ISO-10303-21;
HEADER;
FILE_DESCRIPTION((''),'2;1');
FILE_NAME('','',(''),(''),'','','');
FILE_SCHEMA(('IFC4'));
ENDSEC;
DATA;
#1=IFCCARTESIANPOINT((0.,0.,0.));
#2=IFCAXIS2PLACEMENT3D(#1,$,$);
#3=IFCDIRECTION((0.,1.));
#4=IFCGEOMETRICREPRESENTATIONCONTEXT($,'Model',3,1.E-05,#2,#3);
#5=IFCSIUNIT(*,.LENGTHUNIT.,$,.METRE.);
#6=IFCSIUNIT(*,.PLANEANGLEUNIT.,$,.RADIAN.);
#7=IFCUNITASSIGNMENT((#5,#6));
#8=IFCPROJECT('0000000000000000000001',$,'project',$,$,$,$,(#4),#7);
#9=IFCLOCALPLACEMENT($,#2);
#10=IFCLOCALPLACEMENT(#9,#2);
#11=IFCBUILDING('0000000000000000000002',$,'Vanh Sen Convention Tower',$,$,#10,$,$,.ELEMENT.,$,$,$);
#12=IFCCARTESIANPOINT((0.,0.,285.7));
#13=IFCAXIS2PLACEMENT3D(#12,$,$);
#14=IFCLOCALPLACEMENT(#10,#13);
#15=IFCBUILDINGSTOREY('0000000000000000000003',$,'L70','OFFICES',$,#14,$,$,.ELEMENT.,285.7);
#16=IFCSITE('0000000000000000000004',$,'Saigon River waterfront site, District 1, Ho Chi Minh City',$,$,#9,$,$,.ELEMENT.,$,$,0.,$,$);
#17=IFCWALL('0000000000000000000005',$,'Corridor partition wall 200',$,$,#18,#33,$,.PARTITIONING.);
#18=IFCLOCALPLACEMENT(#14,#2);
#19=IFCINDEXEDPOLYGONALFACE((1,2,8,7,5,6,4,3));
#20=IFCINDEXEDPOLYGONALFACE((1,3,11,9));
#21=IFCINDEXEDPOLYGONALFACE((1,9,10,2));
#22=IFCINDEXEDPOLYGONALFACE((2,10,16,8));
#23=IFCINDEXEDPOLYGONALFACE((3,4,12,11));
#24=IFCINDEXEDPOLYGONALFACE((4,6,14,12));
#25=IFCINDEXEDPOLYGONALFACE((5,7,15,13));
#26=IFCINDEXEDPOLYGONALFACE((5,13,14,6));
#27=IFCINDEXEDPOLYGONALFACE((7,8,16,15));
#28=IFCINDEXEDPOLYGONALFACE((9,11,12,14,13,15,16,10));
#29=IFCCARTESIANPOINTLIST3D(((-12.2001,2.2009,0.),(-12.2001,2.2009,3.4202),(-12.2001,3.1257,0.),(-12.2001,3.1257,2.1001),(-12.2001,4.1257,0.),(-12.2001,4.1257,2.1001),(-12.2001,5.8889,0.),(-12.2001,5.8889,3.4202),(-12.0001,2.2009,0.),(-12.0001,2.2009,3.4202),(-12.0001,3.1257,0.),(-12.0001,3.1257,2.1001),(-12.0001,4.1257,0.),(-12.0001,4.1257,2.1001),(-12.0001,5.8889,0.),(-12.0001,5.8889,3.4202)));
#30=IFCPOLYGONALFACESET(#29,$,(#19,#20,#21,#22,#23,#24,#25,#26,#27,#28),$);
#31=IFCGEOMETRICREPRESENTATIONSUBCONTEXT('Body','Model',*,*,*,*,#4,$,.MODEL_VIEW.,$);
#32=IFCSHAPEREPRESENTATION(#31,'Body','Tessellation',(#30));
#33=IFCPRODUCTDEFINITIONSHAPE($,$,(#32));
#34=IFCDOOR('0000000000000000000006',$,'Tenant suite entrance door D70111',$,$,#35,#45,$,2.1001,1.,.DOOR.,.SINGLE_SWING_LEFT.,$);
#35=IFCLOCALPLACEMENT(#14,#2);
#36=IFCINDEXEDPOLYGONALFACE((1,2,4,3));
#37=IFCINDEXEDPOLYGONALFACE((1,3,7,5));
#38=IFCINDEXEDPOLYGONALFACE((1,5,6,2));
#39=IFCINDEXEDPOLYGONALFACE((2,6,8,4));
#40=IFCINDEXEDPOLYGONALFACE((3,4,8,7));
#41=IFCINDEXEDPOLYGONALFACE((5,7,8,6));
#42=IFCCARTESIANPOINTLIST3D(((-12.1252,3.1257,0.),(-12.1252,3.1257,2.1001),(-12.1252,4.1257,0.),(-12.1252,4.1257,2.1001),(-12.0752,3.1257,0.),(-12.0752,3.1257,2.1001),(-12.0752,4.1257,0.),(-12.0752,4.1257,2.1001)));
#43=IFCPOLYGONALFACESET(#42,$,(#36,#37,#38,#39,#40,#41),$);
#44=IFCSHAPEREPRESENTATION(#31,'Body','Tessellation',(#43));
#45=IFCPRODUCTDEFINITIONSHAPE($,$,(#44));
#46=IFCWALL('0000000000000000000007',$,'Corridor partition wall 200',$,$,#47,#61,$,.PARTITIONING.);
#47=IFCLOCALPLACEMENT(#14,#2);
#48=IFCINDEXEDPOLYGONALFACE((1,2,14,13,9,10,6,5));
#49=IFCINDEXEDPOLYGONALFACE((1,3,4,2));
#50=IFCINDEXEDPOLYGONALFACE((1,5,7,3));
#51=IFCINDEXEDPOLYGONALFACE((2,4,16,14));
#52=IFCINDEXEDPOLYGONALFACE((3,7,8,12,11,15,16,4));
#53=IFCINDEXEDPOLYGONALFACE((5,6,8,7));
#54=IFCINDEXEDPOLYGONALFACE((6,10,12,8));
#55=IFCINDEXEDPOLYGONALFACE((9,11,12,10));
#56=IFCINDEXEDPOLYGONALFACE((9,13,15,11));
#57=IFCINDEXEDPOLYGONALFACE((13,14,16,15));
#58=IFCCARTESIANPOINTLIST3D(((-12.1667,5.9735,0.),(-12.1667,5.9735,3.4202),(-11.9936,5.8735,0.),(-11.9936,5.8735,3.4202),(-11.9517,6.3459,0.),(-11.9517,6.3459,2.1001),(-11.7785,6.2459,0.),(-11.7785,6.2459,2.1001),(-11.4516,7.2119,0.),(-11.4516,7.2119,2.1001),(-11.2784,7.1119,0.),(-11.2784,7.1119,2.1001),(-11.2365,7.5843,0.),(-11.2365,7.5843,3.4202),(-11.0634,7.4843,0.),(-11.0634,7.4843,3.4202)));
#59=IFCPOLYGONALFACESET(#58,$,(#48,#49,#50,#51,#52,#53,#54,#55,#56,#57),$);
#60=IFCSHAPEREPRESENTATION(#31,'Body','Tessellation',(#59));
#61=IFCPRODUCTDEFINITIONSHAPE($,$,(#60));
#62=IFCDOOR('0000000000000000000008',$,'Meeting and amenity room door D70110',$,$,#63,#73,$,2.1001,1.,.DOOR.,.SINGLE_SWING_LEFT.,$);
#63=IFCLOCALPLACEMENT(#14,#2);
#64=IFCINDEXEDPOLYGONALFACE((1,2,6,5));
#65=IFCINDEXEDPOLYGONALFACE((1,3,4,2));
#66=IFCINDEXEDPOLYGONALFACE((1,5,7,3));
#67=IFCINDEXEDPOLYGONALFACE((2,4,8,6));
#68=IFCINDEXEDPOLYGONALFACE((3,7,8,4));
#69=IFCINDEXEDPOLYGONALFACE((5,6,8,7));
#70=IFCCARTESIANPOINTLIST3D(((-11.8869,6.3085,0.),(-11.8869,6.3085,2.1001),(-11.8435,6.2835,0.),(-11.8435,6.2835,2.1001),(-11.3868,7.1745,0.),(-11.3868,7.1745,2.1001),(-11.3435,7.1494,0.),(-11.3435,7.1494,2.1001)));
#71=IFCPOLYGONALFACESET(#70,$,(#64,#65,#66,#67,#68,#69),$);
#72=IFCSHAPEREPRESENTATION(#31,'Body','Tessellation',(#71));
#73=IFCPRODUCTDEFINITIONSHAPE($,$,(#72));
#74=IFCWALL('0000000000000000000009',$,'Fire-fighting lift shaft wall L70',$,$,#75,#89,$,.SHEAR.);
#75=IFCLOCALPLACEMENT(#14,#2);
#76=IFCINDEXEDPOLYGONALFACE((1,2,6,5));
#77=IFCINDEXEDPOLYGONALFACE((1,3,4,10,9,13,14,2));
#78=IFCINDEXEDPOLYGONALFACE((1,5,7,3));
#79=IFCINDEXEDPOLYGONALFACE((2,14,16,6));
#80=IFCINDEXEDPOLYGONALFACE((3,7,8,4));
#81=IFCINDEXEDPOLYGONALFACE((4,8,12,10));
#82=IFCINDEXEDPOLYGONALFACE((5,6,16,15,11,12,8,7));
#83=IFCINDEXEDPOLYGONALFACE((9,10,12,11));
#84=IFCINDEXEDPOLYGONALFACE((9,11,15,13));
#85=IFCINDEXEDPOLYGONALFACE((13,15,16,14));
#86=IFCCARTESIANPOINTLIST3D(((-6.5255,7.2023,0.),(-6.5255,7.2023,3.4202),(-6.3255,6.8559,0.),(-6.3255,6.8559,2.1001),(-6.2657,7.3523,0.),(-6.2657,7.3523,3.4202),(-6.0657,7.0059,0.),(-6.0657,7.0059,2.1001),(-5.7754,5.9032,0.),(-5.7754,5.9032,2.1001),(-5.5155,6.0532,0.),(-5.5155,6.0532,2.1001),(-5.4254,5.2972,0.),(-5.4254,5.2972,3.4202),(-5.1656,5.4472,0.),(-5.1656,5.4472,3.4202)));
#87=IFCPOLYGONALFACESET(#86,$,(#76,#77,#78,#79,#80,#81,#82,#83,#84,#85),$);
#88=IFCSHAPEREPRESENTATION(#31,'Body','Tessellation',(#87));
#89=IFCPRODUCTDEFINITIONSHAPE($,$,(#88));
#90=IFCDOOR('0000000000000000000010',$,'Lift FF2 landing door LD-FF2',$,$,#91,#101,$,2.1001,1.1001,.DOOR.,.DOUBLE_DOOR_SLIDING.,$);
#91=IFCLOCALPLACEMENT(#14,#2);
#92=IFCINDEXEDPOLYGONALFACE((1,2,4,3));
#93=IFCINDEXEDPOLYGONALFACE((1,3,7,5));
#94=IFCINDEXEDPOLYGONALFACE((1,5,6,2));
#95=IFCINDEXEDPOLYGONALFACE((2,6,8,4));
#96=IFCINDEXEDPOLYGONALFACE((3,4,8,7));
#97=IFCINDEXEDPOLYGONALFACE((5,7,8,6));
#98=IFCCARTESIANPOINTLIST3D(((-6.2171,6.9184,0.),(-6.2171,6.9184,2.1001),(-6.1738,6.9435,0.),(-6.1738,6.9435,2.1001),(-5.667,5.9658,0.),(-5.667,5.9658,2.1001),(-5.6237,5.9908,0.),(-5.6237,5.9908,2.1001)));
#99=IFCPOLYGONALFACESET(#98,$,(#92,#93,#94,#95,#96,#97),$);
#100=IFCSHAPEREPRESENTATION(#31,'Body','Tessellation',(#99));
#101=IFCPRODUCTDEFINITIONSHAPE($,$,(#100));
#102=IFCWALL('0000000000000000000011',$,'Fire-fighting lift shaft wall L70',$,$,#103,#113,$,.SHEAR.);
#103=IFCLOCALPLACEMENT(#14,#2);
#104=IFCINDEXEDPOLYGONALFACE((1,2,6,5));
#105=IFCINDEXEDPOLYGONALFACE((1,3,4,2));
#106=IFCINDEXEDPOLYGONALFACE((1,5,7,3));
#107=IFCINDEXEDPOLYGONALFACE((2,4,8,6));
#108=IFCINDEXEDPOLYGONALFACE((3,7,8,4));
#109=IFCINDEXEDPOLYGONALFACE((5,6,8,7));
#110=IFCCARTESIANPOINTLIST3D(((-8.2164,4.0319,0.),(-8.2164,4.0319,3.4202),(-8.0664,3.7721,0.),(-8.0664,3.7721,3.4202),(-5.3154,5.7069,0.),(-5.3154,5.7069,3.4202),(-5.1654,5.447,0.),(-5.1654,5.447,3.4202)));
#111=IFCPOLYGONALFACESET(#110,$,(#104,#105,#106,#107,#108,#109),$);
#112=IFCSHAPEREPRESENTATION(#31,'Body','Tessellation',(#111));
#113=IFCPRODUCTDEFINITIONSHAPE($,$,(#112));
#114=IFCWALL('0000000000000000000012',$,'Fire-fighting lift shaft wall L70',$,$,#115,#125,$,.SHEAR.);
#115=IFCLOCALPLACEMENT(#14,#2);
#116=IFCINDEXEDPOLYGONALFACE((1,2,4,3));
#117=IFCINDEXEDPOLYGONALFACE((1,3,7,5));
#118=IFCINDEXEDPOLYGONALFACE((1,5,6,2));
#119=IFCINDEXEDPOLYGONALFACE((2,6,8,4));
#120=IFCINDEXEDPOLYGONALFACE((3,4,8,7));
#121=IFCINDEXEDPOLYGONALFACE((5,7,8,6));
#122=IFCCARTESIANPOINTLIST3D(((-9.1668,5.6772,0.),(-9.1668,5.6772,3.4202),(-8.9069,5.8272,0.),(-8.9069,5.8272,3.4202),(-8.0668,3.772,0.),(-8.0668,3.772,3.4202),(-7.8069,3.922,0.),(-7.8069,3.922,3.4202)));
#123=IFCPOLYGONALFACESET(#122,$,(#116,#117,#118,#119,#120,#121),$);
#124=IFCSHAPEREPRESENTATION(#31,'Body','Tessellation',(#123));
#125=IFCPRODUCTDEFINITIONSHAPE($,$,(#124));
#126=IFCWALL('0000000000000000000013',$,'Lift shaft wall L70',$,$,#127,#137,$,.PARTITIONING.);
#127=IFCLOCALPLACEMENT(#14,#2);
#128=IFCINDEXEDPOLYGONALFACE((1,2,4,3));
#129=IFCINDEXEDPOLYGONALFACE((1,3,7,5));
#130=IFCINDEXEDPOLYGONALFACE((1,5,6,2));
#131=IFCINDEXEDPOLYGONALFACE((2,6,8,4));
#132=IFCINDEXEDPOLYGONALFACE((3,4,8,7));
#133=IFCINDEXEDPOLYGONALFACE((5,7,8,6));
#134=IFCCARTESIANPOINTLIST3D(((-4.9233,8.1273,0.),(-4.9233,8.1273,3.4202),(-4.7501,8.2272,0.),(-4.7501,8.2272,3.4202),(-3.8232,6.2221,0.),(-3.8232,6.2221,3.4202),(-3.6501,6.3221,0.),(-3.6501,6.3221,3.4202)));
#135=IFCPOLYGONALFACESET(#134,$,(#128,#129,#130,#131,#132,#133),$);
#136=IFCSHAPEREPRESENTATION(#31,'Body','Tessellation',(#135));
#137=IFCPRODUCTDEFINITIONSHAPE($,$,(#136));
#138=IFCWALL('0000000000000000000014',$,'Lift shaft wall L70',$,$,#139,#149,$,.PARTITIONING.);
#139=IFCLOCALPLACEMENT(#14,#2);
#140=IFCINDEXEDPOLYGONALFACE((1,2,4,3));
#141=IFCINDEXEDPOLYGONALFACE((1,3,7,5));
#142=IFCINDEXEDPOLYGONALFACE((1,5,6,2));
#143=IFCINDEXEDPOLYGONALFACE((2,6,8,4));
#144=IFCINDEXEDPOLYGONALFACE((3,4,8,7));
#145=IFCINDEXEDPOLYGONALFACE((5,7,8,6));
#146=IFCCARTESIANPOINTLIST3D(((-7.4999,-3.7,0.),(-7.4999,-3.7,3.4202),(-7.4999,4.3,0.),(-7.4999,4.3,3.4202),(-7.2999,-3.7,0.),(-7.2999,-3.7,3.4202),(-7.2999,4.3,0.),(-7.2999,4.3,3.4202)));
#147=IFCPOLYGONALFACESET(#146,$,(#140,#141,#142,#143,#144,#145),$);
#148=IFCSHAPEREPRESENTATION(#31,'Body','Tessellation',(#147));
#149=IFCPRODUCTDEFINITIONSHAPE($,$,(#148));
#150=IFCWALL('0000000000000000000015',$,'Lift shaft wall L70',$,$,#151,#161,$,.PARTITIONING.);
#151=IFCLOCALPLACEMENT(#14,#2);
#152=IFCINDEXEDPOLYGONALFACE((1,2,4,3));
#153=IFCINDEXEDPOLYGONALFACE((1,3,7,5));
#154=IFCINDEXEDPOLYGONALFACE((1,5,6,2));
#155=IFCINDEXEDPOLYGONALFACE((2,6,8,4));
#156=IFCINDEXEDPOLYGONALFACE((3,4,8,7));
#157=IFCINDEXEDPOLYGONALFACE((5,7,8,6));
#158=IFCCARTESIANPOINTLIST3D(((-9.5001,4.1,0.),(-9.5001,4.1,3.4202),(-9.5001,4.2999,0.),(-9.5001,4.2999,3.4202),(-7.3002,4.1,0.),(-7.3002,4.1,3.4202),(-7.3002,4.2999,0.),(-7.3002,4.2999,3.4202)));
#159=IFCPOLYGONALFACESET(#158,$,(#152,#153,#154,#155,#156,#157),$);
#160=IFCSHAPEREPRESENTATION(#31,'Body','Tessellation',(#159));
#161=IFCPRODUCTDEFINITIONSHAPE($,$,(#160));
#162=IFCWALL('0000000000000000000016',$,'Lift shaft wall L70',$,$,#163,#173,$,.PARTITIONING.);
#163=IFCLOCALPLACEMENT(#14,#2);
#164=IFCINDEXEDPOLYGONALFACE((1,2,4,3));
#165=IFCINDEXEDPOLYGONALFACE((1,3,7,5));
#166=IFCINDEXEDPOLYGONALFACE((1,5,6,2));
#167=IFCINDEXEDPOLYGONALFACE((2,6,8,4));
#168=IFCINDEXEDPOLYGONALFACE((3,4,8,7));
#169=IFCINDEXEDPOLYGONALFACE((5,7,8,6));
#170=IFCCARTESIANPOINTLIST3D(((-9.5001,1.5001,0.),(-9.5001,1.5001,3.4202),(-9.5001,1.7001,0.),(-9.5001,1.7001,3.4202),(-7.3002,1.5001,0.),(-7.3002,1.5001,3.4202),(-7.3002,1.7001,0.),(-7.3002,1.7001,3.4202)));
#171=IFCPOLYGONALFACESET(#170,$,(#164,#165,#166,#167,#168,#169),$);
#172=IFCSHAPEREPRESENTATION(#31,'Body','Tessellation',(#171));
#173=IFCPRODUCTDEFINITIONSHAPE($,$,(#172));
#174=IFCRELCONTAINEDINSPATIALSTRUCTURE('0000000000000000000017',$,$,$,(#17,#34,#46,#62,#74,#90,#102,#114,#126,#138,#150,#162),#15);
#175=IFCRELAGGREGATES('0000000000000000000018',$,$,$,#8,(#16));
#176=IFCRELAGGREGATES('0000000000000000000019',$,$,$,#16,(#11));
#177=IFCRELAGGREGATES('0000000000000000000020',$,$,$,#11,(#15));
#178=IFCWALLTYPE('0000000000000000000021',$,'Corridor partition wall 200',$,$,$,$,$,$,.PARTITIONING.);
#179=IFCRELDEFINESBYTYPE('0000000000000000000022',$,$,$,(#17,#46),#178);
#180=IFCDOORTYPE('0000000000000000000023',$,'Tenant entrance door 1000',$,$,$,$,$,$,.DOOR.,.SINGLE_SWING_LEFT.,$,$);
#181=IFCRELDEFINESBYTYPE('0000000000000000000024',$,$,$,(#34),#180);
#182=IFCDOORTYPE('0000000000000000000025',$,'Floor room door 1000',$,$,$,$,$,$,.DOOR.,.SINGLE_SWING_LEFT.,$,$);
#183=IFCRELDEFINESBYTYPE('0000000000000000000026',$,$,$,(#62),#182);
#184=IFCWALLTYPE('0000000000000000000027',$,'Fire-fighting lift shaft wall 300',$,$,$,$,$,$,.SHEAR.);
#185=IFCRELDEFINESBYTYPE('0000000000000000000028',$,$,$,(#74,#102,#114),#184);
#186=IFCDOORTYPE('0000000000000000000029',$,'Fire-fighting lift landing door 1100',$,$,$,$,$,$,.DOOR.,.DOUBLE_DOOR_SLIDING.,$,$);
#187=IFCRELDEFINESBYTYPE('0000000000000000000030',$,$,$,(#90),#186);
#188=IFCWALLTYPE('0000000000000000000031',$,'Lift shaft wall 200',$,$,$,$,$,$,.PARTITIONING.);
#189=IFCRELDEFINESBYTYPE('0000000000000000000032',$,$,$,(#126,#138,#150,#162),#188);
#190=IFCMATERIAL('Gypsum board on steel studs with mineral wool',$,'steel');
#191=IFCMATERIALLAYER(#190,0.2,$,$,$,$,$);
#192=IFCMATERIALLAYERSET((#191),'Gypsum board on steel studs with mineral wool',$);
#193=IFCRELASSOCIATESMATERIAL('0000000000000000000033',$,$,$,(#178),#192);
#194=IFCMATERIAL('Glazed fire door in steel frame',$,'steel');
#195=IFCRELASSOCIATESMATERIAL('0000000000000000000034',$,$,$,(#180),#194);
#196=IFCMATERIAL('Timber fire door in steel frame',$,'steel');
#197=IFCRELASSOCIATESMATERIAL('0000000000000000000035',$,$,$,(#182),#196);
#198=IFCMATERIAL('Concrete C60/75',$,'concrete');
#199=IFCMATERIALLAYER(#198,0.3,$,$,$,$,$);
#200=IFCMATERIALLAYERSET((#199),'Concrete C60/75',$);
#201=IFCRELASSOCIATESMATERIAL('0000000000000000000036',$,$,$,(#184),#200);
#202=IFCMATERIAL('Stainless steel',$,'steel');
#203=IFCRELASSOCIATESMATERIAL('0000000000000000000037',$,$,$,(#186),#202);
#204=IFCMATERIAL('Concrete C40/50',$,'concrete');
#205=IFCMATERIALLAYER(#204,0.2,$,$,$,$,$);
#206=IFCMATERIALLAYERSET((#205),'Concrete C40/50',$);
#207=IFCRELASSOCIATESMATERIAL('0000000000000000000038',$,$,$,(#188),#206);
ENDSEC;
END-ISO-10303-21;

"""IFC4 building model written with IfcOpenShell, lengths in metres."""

from ifc_helpers import new_model, si_unit, direction, frame, frame_2d, origin, place, context, subcontext, project, spatial, rectangle, extrude, material, layer, layer_set, type_object, element, fill, save


model = new_model("IFC4")

# Units and contexts
model_context = context("Model", 3, precision=1e-05, world=origin(), true_north=direction((0.0, 1.0)))
body_context = subcontext(model_context, "Body", "Model", "MODEL_VIEW")
ifc_project = project(units=[si_unit("LENGTHUNIT", "METRE"), si_unit("PLANEANGLEUNIT", "RADIAN")], contexts=[model_context])

# Site, building, storey
site_placement = place(None, origin())
site = spatial("IfcSite", under=ifc_project, at=site_placement, Name="Saigon River waterfront site, District 1, Ho Chi Minh City", CompositionType="ELEMENT", RefElevation=0.0)
building_placement = place(site_placement, origin())
building = spatial("IfcBuilding", under=site, at=building_placement, Name="Vanh Sen Convention Tower", CompositionType="ELEMENT")
storey_placement = place(building_placement, frame((0.0, 0.0, 285.7)))
storey = spatial("IfcBuildingStorey", under=building, at=storey_placement, Name="L70", Description="OFFICES", CompositionType="ELEMENT", Elevation=285.7)

# Shared definitions
ifc_material_1 = material(Name="Concrete C40/50", Category="concrete")

# Shared definitions
ifc_material_2 = material(Name="Concrete C60/75", Category="concrete")
ifc_material_3 = material(Name="Stainless steel", Category="steel")

# Shared definitions
ifc_material_4 = material(Name="Gypsum board on steel studs with mineral wool", Category="steel")
ifc_layer_1 = layer(ifc_material_4, 0.2)
ifc_layer_set_1 = layer_set([ifc_layer_1], Name="Gypsum board on steel studs with mineral wool")
wall_type_1 = type_object("IfcWallType", Name="Corridor partition wall 200", PredefinedType="PARTITIONING", material=ifc_layer_set_1)

# Walls, openings, doors
wall_1_placement = place(storey_placement, frame((-12.1001, 5.8889, 0.0), z_axis=(0.0, 0.0, 1.0), x_axis=(0.0, -1.0, 0.0)))
wall_1 = element("IfcWall", 1, at=wall_1_placement, inside=storey, type_object=wall_type_1, Name="Corridor partition wall 200", PredefinedType="PARTITIONING", context=body_context, shape_type="SweptSolid", body=[
    extrude(rectangle(XDim=3.688, YDim=0.2, at=frame_2d((1.844, 0.0))), origin(), (0.0, 0.0, 1.0), 3.4202),
])
opening_1_placement = place(wall_1_placement, frame((1.7632, 0.0, 0.0)))
opening_1 = element("IfcOpeningElement", 2, at=opening_1_placement, cuts=wall_1, PredefinedType="OPENING", context=body_context, shape_type="SweptSolid", body=[
    extrude(rectangle(XDim=1.0, YDim=2.1001, at=frame_2d((0.5, 1.05))), frame((0.0, 0.1099, 0.0), z_axis=(0.0, -1.0, 0.0), x_axis=(1.0, 0.0, 0.0)), (0.0, 0.0, 1.0), 0.22),
])
ifc_material_5 = material(Name="Glazed fire door in steel frame", Category="steel")
door_type_1 = type_object("IfcDoorType", Name="Tenant entrance door 1000", OperationType="SINGLE_SWING_LEFT", PredefinedType="DOOR", material=ifc_material_5)
door_1_placement = place(opening_1_placement, origin())
door_1 = element("IfcDoor", 3, at=door_1_placement, inside=storey, type_object=door_type_1, Name="Tenant suite entrance door D70111", OperationType="SINGLE_SWING_LEFT", OverallHeight=2.1001, OverallWidth=1.0, PredefinedType="DOOR", context=body_context, shape_type="SweptSolid", body=[
    extrude(rectangle(XDim=1.0, YDim=2.1001, at=frame_2d((0.5, 1.05))), frame((0.0, 0.0249, 0.0), z_axis=(0.0, -1.0, 0.0), x_axis=(1.0, 0.0, 0.0)), (0.0, 0.0, 1.0), 0.05),
])
fill(opening_1, door_1)
wall_2_placement = place(storey_placement, frame((-11.1499, 7.5344, 0.0), z_axis=(0.0, 0.0, 1.0), x_axis=(-0.500063, -0.865989, 0.0)))
wall_2 = element("IfcWall", 4, at=wall_2_placement, inside=storey, type_object=wall_type_1, Name="Corridor partition wall 200", PredefinedType="PARTITIONING", context=body_context, shape_type="SweptSolid", body=[
    extrude(rectangle(XDim=1.8601, YDim=0.2, at=frame_2d((0.9302, 0.0))), origin(), (0.0, 0.0, 1.0), 3.4202),
])
opening_2_placement = place(wall_2_placement, frame((0.4302, 0.0, 0.0)))
opening_2 = element("IfcOpeningElement", 5, at=opening_2_placement, cuts=wall_2, PredefinedType="OPENING", context=body_context, shape_type="SweptSolid", body=[
    extrude(rectangle(XDim=1.0, YDim=2.1001, at=frame_2d((0.5, 1.05))), frame((0.0, 0.1099, 0.0), z_axis=(0.0, -1.0, 0.0), x_axis=(1.0, 0.0, 0.0)), (0.0, 0.0, 1.0), 0.22),
])
ifc_material_6 = material(Name="Timber fire door in steel frame", Category="steel")
door_type_2 = type_object("IfcDoorType", Name="Floor room door 1000", OperationType="SINGLE_SWING_LEFT", PredefinedType="DOOR", material=ifc_material_6)
door_2_placement = place(opening_2_placement, origin())
door_2 = element("IfcDoor", 6, at=door_2_placement, inside=storey, type_object=door_type_2, Name="Meeting and amenity room door D70110", OperationType="SINGLE_SWING_LEFT", OverallHeight=2.1001, OverallWidth=1.0, PredefinedType="DOOR", context=body_context, shape_type="SweptSolid", body=[
    extrude(rectangle(XDim=1.0, YDim=2.1001, at=frame_2d((0.5, 1.05))), frame((0.0, 0.0249, 0.0), z_axis=(0.0, -1.0, 0.0), x_axis=(1.0, 0.0, 0.0)), (0.0, 0.0, 1.0), 0.05),
])
fill(opening_2, door_2)
ifc_layer_2 = layer(ifc_material_2, 0.3)
ifc_layer_set_2 = layer_set([ifc_layer_2], Name="Concrete C60/75")
wall_type_2 = type_object("IfcWallType", Name="Fire-fighting lift shaft wall 300", PredefinedType="SHEAR", material=ifc_layer_set_2)
wall_3_placement = place(storey_placement, frame((-5.2954, 5.3721, 0.0), z_axis=(0.0, 0.0, 1.0), x_axis=(-0.500078, 0.86598, 0.0)))
wall_3 = element("IfcWall", 7, at=wall_3_placement, inside=storey, type_object=wall_type_2, Name="Fire-fighting lift shaft wall L70", PredefinedType="SHEAR", context=body_context, shape_type="SweptSolid", body=[
    extrude(rectangle(XDim=2.2, YDim=0.3, at=frame_2d((1.1001, 0.0))), origin(), (0.0, 0.0, 1.0), 3.4202),
])
opening_3_placement = place(wall_3_placement, frame((0.7, 0.0, 0.0)))
opening_3 = element("IfcOpeningElement", 8, at=opening_3_placement, cuts=wall_3, PredefinedType="OPENING", context=body_context, shape_type="SweptSolid", body=[
    extrude(rectangle(XDim=1.1001, YDim=2.1001, at=frame_2d((0.55, 1.05))), frame((0.0, 0.1599, 0.0), z_axis=(0.0, -1.0, 0.0), x_axis=(1.0, 0.0, 0.0)), (0.0, 0.0, 1.0), 0.3201),
])
door_type_3 = type_object("IfcDoorType", Name="Fire-fighting lift landing door 1100", OperationType="DOUBLE_DOOR_SLIDING", PredefinedType="DOOR", material=ifc_material_3)
door_3_placement = place(opening_3_placement, origin())
door_3 = element("IfcDoor", 9, at=door_3_placement, inside=storey, type_object=door_type_3, Name="Lift FF2 landing door LD-FF2", OperationType="DOUBLE_DOOR_SLIDING", OverallHeight=2.1001, OverallWidth=1.1001, PredefinedType="DOOR", context=body_context, shape_type="SweptSolid", body=[
    extrude(rectangle(XDim=1.1001, YDim=2.1001, at=frame_2d((0.55, 1.05))), frame((0.0, 0.0249, 0.0), z_axis=(0.0, -1.0, 0.0), x_axis=(1.0, 0.0, 0.0)), (0.0, 0.0, 1.0), 0.05),
])
fill(opening_3, door_3)

# Walls
wall_4_placement = place(storey_placement, frame((-5.2405, 5.5769, 0.0), z_axis=(0.0, 0.0, 1.0), x_axis=(-0.866014, -0.500019, 0.0)))
element("IfcWall", 10, at=wall_4_placement, inside=storey, type_object=wall_type_2, Name="Fire-fighting lift shaft wall L70", PredefinedType="SHEAR", context=body_context, shape_type="SweptSolid", body=[
    extrude(rectangle(XDim=3.3499, YDim=0.3, at=frame_2d((1.6748, 0.0))), origin(), (0.0, 0.0, 1.0), 3.4202),
])
wall_5_placement = place(storey_placement, frame((-7.9368, 3.8469, 0.0), z_axis=(0.0, 0.0, 1.0), x_axis=(-0.50003, 0.866008, 0.0)))
element("IfcWall", 11, at=wall_5_placement, inside=storey, type_object=wall_type_2, Name="Fire-fighting lift shaft wall L70", PredefinedType="SHEAR", context=body_context, shape_type="SweptSolid", body=[
    extrude(rectangle(XDim=2.2, YDim=0.3, at=frame_2d((1.1001, 0.0))), origin(), (0.0, 0.0, 1.0), 3.4202),
])
ifc_layer_3 = layer(ifc_material_1, 0.2)
ifc_layer_set_3 = layer_set([ifc_layer_3], Name="Concrete C40/50")
wall_type_3 = type_object("IfcWallType", Name="Lift shaft wall 200", PredefinedType="PARTITIONING", material=ifc_layer_set_3)
wall_6_placement = place(storey_placement, frame((-3.7366, 6.272, 0.0), z_axis=(0.0, 0.0, 1.0), x_axis=(-0.50003, 0.866008, 0.0)))
element("IfcWall", 12, at=wall_6_placement, inside=storey, type_object=wall_type_3, Name="Lift shaft wall L70", PredefinedType="PARTITIONING", context=body_context, shape_type="SweptSolid", body=[
    extrude(rectangle(XDim=2.2, YDim=0.2, at=frame_2d((1.1001, 0.0))), origin(), (0.0, 0.0, 1.0), 3.4202),
])
wall_7_placement = place(storey_placement, frame((-7.3999, 4.3, 0.0), z_axis=(0.0, 0.0, 1.0), x_axis=(0.0, -1.0, 0.0)))
element("IfcWall", 13, at=wall_7_placement, inside=storey, type_object=wall_type_3, Name="Lift shaft wall L70", PredefinedType="PARTITIONING", context=body_context, shape_type="SweptSolid", body=[
    extrude(rectangle(XDim=8.0, YDim=0.2, at=frame_2d((4.0, 0.0))), origin(), (0.0, 0.0, 1.0), 3.4202),
])
for number, where, z_axis, x_axis, name in (
    (14, (-7.3, 4.2, 0.0), (0.0, 0.0, 1.0), (-1.0, 0.0, 0.0), "Lift shaft wall L70"),
    (15, (-7.3, 1.6001, 0.0), (0.0, 0.0, 1.0), (-1.0, 0.0, 0.0), "Lift shaft wall L70"),
):
    element("IfcWall", number, at=place(storey_placement, frame(where, z_axis=z_axis, x_axis=x_axis)), inside=storey, type_object=wall_type_3, Name=name, PredefinedType="PARTITIONING", context=body_context, shape_type="SweptSolid", body=[
        extrude(rectangle(XDim=2.2, YDim=0.2, at=frame_2d((1.1001, 0.0))), origin(), (0.0, 0.0, 1.0), 3.4202),
    ])

save(model, "model.ifc")
